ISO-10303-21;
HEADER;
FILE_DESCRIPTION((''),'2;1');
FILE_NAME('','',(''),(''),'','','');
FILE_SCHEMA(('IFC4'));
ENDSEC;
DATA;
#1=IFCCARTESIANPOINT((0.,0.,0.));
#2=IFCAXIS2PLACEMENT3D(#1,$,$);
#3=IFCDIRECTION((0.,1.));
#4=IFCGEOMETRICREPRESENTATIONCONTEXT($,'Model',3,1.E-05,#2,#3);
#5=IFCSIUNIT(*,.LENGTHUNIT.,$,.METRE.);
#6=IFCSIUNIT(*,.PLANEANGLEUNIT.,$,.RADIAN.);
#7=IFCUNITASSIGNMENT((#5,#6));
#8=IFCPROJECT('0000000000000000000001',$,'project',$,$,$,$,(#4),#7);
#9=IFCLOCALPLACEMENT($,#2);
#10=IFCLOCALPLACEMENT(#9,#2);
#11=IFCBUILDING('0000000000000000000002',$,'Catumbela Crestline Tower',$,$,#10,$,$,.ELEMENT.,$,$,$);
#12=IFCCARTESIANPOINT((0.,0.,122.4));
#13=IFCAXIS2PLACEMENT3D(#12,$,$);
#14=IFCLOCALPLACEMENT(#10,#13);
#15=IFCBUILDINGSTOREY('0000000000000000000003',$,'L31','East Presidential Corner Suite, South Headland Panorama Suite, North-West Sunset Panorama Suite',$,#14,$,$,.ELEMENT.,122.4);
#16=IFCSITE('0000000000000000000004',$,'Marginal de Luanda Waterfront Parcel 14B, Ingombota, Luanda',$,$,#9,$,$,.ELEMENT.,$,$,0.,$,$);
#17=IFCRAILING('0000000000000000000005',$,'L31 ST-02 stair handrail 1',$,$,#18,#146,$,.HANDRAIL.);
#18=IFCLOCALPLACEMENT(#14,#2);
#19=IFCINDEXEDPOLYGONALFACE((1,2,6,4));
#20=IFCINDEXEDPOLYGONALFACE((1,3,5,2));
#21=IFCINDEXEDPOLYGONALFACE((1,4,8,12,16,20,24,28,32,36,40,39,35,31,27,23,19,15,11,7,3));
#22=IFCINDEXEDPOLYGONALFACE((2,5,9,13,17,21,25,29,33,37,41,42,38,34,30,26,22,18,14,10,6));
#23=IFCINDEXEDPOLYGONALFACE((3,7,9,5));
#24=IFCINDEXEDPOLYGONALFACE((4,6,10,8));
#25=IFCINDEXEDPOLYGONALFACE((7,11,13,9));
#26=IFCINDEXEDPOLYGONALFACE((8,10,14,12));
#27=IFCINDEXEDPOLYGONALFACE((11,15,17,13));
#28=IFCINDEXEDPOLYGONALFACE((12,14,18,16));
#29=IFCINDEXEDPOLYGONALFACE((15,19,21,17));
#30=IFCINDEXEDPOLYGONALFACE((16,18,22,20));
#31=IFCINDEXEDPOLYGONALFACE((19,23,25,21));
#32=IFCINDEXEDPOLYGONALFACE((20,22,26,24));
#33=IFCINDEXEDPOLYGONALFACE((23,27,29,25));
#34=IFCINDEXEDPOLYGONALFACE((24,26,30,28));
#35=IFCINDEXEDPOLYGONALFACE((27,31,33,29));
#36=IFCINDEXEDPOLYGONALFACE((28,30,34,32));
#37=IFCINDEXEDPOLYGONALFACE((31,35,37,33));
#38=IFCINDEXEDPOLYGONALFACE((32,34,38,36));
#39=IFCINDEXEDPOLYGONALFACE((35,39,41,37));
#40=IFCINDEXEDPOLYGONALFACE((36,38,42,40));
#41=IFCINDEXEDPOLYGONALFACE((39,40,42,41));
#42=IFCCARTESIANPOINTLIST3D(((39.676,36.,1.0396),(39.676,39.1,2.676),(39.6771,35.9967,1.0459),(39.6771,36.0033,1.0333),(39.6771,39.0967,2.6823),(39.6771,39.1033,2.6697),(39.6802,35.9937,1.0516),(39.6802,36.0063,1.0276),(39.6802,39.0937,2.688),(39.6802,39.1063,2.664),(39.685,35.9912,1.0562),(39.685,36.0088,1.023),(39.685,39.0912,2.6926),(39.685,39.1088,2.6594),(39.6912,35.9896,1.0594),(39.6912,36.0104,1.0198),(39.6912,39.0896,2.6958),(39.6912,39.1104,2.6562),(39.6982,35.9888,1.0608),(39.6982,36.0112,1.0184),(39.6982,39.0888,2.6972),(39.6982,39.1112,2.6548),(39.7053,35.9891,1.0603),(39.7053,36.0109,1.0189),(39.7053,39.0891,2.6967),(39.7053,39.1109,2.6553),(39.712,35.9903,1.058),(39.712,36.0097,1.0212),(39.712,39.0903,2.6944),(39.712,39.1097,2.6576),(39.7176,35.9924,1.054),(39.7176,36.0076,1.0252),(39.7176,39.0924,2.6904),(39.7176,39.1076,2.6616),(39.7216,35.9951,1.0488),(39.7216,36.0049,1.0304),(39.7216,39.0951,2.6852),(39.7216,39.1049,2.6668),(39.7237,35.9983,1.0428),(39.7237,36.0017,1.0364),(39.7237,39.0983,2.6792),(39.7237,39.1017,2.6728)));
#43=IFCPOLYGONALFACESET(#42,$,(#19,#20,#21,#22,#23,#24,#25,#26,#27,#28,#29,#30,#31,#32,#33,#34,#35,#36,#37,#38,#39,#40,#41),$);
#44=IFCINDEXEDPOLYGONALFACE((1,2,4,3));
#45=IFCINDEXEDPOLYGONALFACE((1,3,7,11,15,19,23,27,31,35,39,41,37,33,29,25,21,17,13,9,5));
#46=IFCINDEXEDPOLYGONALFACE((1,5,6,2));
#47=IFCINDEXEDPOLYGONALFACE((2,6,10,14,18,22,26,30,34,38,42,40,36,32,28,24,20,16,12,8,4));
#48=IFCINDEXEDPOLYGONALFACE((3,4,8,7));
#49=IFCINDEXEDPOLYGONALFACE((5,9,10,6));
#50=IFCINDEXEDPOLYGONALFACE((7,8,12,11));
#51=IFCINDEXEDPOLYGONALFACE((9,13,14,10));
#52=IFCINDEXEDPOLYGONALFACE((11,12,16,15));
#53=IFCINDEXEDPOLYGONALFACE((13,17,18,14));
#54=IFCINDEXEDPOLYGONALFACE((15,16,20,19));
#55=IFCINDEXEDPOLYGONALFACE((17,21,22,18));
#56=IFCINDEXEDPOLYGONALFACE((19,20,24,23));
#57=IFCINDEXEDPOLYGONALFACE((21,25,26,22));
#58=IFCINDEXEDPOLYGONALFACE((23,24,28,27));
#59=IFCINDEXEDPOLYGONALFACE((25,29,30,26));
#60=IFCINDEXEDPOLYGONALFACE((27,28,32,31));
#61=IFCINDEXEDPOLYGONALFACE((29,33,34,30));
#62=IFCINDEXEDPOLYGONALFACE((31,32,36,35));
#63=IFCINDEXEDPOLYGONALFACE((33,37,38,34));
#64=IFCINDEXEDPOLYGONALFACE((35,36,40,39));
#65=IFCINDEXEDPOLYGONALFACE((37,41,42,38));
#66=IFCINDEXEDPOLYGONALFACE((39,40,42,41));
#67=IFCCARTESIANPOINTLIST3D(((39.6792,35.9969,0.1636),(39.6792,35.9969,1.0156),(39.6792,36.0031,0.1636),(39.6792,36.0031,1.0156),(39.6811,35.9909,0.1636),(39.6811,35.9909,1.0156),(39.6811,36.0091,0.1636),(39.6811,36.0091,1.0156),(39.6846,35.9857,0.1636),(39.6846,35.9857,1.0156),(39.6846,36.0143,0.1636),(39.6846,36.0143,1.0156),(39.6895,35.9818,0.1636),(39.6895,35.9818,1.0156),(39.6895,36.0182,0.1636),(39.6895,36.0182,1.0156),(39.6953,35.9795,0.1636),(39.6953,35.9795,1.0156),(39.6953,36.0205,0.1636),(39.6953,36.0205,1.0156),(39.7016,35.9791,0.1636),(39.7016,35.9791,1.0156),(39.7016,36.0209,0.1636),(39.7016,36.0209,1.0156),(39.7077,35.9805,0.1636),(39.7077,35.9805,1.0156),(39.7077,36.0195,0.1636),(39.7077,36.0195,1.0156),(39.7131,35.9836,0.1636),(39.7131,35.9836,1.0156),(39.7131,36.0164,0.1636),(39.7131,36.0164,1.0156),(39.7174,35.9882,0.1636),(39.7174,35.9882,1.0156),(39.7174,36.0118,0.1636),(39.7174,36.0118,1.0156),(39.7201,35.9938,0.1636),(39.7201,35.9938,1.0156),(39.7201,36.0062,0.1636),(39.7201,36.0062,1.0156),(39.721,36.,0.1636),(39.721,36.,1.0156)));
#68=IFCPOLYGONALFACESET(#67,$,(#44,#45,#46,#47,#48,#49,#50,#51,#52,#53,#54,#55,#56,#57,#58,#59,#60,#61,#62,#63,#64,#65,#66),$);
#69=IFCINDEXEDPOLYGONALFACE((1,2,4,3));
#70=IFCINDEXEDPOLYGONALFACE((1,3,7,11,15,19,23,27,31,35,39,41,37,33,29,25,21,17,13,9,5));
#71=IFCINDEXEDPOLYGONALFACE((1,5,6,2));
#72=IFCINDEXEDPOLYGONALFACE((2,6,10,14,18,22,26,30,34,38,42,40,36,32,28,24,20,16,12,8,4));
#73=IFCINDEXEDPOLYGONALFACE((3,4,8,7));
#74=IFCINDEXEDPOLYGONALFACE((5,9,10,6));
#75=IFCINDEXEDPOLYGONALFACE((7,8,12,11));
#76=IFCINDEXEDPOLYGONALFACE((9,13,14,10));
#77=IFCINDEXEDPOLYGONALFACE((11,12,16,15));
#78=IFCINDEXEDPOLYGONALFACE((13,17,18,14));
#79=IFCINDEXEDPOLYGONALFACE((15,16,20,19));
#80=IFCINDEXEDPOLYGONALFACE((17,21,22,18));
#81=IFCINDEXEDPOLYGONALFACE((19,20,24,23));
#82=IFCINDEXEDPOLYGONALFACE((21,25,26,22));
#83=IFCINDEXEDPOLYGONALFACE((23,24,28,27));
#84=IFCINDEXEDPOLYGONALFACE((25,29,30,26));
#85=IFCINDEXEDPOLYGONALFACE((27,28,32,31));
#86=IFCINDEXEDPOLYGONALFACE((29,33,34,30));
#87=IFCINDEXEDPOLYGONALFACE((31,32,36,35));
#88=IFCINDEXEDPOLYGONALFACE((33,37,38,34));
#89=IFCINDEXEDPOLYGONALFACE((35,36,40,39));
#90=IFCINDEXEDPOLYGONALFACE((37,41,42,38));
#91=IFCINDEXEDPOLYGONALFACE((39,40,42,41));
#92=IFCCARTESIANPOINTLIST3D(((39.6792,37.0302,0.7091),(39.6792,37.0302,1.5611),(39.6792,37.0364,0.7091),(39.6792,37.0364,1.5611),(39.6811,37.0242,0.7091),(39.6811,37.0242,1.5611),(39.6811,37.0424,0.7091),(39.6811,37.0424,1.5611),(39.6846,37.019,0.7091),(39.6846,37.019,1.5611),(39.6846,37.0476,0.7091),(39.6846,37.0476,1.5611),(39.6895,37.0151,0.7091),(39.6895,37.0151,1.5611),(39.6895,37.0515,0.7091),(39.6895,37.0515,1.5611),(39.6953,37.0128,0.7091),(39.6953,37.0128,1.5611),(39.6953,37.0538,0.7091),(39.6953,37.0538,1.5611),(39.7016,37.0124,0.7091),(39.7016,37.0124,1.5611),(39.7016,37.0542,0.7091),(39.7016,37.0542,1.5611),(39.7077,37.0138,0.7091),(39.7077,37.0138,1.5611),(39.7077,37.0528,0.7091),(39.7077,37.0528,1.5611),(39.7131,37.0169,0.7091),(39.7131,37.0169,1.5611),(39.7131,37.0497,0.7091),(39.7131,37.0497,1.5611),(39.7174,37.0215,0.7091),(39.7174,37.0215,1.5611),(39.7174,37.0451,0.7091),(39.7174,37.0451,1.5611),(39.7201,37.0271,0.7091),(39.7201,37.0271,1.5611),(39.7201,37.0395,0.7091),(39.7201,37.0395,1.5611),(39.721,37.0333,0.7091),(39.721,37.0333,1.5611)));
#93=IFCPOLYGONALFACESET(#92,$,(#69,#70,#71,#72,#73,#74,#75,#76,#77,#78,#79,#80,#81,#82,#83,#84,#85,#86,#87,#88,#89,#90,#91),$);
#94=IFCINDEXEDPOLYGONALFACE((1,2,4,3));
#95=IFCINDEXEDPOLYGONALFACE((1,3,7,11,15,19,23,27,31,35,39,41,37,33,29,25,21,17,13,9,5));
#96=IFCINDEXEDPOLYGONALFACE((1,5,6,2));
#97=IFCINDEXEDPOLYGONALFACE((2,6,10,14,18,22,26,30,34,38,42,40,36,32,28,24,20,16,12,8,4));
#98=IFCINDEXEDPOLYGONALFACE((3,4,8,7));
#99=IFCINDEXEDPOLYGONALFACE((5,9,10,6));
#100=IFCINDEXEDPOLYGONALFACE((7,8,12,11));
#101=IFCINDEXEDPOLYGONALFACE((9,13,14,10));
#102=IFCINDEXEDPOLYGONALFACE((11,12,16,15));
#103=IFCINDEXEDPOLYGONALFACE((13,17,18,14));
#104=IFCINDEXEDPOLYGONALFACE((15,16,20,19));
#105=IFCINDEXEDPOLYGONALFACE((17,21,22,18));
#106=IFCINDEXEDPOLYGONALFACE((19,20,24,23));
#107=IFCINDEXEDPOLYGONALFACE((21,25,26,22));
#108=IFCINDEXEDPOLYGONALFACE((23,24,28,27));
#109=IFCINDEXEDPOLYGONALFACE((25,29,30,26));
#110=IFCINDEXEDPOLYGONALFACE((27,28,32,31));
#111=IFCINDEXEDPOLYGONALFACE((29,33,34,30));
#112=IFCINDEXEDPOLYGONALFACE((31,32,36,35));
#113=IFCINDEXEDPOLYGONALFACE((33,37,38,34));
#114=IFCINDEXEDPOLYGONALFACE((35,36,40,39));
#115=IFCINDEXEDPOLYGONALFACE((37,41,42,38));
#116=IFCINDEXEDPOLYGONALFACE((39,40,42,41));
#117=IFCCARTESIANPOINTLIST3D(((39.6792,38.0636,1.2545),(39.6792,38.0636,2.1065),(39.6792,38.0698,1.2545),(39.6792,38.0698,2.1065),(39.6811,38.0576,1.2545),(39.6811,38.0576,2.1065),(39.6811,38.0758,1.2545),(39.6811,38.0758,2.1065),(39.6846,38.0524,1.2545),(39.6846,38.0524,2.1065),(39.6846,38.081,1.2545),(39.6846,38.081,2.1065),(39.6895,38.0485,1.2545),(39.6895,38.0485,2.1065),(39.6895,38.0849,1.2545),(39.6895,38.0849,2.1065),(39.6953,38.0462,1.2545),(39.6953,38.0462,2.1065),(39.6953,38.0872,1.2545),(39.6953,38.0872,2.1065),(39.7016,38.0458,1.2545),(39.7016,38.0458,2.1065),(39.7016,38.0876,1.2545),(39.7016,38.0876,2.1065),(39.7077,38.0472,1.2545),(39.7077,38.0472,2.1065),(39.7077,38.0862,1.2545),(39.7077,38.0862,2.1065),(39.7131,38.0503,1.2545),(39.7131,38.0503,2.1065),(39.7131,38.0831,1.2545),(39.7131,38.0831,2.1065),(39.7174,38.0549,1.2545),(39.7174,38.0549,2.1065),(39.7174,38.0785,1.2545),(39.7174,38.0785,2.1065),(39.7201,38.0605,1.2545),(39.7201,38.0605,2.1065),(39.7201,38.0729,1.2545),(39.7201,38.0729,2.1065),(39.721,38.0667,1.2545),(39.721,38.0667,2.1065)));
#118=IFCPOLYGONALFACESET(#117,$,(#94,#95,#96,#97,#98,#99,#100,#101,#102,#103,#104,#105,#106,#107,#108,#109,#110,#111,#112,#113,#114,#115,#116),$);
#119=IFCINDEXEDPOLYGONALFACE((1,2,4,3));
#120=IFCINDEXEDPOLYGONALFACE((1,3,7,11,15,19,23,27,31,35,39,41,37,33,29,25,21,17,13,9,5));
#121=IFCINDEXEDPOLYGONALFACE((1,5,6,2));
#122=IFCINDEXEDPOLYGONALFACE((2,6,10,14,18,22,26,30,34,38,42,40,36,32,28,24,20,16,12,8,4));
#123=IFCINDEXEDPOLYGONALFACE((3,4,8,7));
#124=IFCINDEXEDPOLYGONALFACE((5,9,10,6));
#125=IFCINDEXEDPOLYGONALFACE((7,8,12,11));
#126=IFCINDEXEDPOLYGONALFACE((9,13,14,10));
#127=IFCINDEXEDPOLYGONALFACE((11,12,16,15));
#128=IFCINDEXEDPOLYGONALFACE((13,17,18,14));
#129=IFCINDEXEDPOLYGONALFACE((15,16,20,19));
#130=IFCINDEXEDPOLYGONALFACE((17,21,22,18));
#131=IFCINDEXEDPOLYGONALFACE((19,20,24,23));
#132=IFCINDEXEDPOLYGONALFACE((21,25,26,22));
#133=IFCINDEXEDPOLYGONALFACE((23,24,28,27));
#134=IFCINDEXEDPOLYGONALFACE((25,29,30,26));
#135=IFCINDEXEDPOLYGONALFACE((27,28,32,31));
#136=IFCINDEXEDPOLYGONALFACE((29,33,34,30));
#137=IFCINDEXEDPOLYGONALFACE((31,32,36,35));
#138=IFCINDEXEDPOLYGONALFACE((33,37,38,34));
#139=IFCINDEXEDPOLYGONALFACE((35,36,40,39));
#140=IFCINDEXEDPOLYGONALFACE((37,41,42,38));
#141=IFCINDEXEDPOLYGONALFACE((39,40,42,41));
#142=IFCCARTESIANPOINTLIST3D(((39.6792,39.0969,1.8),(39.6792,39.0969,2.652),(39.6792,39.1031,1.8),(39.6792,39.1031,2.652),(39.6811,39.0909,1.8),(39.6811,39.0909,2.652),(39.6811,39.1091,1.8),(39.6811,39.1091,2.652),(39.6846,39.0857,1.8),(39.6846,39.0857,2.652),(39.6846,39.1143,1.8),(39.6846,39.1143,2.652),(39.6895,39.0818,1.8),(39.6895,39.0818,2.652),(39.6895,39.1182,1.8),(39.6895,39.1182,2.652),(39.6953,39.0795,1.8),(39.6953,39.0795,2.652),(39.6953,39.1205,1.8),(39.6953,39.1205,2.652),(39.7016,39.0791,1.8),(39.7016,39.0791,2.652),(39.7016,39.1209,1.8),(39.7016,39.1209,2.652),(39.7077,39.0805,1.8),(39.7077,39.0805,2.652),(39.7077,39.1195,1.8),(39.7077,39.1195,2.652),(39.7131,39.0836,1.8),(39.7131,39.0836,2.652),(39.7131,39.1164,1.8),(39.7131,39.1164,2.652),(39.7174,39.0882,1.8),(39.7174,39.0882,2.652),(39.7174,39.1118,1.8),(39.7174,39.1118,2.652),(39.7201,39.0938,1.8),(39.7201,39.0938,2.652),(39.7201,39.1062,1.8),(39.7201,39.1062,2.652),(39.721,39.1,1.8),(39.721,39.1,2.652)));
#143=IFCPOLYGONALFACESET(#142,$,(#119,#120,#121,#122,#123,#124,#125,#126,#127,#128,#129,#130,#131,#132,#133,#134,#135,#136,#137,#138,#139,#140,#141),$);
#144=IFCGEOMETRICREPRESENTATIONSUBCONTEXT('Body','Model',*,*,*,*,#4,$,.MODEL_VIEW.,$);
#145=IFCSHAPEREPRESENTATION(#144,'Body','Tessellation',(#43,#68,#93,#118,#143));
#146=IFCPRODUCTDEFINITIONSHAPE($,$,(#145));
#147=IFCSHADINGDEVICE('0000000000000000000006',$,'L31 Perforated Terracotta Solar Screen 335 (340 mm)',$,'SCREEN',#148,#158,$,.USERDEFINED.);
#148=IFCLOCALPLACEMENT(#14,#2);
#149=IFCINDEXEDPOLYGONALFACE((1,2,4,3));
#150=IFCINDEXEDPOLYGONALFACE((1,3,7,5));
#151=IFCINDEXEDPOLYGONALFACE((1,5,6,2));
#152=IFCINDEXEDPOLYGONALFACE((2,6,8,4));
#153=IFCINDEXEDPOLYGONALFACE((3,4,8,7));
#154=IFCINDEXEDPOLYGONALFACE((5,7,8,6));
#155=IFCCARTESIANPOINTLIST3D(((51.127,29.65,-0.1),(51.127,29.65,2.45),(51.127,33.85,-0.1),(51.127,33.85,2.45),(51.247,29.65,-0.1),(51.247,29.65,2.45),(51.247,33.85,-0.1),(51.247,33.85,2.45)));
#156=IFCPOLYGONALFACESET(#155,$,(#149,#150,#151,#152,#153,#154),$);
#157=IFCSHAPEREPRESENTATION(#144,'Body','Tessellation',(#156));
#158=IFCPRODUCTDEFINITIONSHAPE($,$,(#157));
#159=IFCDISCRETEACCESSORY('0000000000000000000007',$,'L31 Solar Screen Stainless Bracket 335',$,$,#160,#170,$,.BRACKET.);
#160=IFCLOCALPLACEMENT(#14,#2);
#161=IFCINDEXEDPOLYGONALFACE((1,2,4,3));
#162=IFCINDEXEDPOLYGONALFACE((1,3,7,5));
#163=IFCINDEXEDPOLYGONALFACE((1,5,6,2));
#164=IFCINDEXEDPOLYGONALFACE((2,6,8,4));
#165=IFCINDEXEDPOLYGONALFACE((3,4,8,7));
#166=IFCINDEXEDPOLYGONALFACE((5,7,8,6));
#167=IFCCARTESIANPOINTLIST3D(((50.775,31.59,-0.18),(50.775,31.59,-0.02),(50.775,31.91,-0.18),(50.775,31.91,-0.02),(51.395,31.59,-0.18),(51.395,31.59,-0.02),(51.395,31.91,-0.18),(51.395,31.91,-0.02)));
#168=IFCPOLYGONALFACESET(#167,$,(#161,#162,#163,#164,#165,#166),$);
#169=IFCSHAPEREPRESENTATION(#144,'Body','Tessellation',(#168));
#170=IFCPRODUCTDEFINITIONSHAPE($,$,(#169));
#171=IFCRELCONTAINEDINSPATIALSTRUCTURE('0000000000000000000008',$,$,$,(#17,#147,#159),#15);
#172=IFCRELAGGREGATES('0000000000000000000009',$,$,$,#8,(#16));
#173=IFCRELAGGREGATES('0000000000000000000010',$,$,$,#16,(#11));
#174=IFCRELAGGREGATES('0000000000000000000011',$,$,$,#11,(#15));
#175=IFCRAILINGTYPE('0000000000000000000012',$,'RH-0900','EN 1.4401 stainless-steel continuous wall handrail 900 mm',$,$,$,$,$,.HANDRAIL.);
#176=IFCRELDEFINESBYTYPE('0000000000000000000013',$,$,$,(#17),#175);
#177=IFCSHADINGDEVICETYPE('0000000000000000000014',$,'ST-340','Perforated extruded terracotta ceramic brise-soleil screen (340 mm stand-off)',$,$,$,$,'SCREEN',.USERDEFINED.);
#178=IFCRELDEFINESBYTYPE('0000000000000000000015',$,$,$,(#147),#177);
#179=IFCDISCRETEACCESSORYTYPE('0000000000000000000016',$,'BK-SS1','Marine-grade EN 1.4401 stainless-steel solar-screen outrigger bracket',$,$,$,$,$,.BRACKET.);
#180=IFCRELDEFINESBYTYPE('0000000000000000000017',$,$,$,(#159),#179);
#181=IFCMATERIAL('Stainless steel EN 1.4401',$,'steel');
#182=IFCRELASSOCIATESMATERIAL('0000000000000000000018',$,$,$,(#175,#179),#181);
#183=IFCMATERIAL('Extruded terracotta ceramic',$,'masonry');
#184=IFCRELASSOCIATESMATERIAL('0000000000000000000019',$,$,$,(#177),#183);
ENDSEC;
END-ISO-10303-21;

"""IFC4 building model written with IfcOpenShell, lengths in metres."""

from ifc_helpers import new_model, si_unit, direction, frame, origin, origin_2d, place, context, subcontext, project, spatial, rectangle, circle, extrude, material, type_object, element, save


model = new_model("IFC4")

# Units and contexts
model_context = context("Model", 3, precision=1e-05, world=origin(), true_north=direction((0.0, 1.0)))
body_context = subcontext(model_context, "Body", "Model", "MODEL_VIEW")
ifc_project = project(units=[si_unit("LENGTHUNIT", "METRE"), si_unit("PLANEANGLEUNIT", "RADIAN")], contexts=[model_context])

# Site, building, storey
site_placement = place(None, origin())
site = spatial("IfcSite", under=ifc_project, at=site_placement, Name="Marginal de Luanda Waterfront Parcel 14B, Ingombota, Luanda", CompositionType="ELEMENT", RefElevation=0.0)
building_placement = place(site_placement, origin())
building = spatial("IfcBuilding", under=site, at=building_placement, Name="Catumbela Crestline Tower", CompositionType="ELEMENT")
storey_placement = place(building_placement, frame((0.0, 0.0, 122.4)))
storey = spatial("IfcBuildingStorey", under=building, at=storey_placement, Name="L31", Description="East Presidential Corner Suite, South Headland Panorama Suite, North-West Sunset Panorama Suite", CompositionType="ELEMENT", Elevation=122.4)

# Railing
ifc_material_1 = material(Name="Stainless steel EN 1.4401", Category="steel")
railing_type = type_object("IfcRailingType", Name="RH-0900", Description="EN 1.4401 stainless-steel continuous wall handrail 900 mm", PredefinedType="HANDRAIL", material=ifc_material_1)
railing_placement = place(storey_placement, frame((39.7, 36.0, 0.1636)))
element("IfcRailing", 1, at=railing_placement, inside=storey, type_object=railing_type, Name="L31 ST-02 stair handrail 1", PredefinedType="HANDRAIL", context=body_context, shape_type="SweptSolid", body=[
    extrude(circle(Radius=0.024, at=origin_2d()), frame((0.0, 0.0, 0.876), z_axis=(0.0, 0.884351, 0.466823), x_axis=(-1.0, 0.0, 0.0)), (0.0, 0.0, 1.0), 3.5054),
    extrude(circle(Radius=0.021, at=origin_2d()), origin(), (0.0, 0.0, 1.0), 0.852),
    extrude(circle(Radius=0.021, at=origin_2d()), frame((0.0, 1.0333, 0.5455)), (0.0, 0.0, 1.0), 0.852),
    extrude(circle(Radius=0.021, at=origin_2d()), frame((0.0, 2.0667, 1.0909)), (0.0, 0.0, 1.0), 0.852),
    extrude(circle(Radius=0.021, at=origin_2d()), frame((0.0, 3.1, 1.6364)), (0.0, 0.0, 1.0), 0.852),
])

# Shading device
ifc_material_2 = material(Name="Extruded terracotta ceramic", Category="masonry")
shading_device_type = type_object("IfcShadingDeviceType", Name="ST-340", Description="Perforated extruded terracotta ceramic brise-soleil screen (340 mm stand-off)", ElementType="SCREEN", PredefinedType="USERDEFINED", material=ifc_material_2)
shading_device_placement = place(storey_placement, frame((51.187, 31.75, -0.1), z_axis=(0.0, 0.0, 1.0), x_axis=(0.0, 1.0, 0.0)))
element("IfcShadingDevice", 2, at=shading_device_placement, inside=storey, type_object=shading_device_type, Name="L31 Perforated Terracotta Solar Screen 335 (340 mm)", ObjectType="SCREEN", PredefinedType="USERDEFINED", context=body_context, shape_type="SweptSolid", body=[
    extrude(rectangle(XDim=4.2, YDim=0.12, at=origin_2d()), origin(), (0.0, 0.0, 1.0), 2.55),
])

# Discrete accessory
discrete_accessory_type = type_object("IfcDiscreteAccessoryType", Name="BK-SS1", Description="Marine-grade EN 1.4401 stainless-steel solar-screen outrigger bracket", PredefinedType="BRACKET", material=ifc_material_1)
discrete_accessory_placement = place(storey_placement, frame((51.085, 31.75, -0.18), z_axis=(0.0, 0.0, 1.0), x_axis=(0.0, 1.0, 0.0)))
element("IfcDiscreteAccessory", 3, at=discrete_accessory_placement, inside=storey, type_object=discrete_accessory_type, Name="L31 Solar Screen Stainless Bracket 335", PredefinedType="BRACKET", context=body_context, shape_type="SweptSolid", body=[
    extrude(rectangle(XDim=0.32, YDim=0.62, at=origin_2d()), origin(), (0.0, 0.0, 1.0), 0.16),
])

save(model, "model.ifc")
